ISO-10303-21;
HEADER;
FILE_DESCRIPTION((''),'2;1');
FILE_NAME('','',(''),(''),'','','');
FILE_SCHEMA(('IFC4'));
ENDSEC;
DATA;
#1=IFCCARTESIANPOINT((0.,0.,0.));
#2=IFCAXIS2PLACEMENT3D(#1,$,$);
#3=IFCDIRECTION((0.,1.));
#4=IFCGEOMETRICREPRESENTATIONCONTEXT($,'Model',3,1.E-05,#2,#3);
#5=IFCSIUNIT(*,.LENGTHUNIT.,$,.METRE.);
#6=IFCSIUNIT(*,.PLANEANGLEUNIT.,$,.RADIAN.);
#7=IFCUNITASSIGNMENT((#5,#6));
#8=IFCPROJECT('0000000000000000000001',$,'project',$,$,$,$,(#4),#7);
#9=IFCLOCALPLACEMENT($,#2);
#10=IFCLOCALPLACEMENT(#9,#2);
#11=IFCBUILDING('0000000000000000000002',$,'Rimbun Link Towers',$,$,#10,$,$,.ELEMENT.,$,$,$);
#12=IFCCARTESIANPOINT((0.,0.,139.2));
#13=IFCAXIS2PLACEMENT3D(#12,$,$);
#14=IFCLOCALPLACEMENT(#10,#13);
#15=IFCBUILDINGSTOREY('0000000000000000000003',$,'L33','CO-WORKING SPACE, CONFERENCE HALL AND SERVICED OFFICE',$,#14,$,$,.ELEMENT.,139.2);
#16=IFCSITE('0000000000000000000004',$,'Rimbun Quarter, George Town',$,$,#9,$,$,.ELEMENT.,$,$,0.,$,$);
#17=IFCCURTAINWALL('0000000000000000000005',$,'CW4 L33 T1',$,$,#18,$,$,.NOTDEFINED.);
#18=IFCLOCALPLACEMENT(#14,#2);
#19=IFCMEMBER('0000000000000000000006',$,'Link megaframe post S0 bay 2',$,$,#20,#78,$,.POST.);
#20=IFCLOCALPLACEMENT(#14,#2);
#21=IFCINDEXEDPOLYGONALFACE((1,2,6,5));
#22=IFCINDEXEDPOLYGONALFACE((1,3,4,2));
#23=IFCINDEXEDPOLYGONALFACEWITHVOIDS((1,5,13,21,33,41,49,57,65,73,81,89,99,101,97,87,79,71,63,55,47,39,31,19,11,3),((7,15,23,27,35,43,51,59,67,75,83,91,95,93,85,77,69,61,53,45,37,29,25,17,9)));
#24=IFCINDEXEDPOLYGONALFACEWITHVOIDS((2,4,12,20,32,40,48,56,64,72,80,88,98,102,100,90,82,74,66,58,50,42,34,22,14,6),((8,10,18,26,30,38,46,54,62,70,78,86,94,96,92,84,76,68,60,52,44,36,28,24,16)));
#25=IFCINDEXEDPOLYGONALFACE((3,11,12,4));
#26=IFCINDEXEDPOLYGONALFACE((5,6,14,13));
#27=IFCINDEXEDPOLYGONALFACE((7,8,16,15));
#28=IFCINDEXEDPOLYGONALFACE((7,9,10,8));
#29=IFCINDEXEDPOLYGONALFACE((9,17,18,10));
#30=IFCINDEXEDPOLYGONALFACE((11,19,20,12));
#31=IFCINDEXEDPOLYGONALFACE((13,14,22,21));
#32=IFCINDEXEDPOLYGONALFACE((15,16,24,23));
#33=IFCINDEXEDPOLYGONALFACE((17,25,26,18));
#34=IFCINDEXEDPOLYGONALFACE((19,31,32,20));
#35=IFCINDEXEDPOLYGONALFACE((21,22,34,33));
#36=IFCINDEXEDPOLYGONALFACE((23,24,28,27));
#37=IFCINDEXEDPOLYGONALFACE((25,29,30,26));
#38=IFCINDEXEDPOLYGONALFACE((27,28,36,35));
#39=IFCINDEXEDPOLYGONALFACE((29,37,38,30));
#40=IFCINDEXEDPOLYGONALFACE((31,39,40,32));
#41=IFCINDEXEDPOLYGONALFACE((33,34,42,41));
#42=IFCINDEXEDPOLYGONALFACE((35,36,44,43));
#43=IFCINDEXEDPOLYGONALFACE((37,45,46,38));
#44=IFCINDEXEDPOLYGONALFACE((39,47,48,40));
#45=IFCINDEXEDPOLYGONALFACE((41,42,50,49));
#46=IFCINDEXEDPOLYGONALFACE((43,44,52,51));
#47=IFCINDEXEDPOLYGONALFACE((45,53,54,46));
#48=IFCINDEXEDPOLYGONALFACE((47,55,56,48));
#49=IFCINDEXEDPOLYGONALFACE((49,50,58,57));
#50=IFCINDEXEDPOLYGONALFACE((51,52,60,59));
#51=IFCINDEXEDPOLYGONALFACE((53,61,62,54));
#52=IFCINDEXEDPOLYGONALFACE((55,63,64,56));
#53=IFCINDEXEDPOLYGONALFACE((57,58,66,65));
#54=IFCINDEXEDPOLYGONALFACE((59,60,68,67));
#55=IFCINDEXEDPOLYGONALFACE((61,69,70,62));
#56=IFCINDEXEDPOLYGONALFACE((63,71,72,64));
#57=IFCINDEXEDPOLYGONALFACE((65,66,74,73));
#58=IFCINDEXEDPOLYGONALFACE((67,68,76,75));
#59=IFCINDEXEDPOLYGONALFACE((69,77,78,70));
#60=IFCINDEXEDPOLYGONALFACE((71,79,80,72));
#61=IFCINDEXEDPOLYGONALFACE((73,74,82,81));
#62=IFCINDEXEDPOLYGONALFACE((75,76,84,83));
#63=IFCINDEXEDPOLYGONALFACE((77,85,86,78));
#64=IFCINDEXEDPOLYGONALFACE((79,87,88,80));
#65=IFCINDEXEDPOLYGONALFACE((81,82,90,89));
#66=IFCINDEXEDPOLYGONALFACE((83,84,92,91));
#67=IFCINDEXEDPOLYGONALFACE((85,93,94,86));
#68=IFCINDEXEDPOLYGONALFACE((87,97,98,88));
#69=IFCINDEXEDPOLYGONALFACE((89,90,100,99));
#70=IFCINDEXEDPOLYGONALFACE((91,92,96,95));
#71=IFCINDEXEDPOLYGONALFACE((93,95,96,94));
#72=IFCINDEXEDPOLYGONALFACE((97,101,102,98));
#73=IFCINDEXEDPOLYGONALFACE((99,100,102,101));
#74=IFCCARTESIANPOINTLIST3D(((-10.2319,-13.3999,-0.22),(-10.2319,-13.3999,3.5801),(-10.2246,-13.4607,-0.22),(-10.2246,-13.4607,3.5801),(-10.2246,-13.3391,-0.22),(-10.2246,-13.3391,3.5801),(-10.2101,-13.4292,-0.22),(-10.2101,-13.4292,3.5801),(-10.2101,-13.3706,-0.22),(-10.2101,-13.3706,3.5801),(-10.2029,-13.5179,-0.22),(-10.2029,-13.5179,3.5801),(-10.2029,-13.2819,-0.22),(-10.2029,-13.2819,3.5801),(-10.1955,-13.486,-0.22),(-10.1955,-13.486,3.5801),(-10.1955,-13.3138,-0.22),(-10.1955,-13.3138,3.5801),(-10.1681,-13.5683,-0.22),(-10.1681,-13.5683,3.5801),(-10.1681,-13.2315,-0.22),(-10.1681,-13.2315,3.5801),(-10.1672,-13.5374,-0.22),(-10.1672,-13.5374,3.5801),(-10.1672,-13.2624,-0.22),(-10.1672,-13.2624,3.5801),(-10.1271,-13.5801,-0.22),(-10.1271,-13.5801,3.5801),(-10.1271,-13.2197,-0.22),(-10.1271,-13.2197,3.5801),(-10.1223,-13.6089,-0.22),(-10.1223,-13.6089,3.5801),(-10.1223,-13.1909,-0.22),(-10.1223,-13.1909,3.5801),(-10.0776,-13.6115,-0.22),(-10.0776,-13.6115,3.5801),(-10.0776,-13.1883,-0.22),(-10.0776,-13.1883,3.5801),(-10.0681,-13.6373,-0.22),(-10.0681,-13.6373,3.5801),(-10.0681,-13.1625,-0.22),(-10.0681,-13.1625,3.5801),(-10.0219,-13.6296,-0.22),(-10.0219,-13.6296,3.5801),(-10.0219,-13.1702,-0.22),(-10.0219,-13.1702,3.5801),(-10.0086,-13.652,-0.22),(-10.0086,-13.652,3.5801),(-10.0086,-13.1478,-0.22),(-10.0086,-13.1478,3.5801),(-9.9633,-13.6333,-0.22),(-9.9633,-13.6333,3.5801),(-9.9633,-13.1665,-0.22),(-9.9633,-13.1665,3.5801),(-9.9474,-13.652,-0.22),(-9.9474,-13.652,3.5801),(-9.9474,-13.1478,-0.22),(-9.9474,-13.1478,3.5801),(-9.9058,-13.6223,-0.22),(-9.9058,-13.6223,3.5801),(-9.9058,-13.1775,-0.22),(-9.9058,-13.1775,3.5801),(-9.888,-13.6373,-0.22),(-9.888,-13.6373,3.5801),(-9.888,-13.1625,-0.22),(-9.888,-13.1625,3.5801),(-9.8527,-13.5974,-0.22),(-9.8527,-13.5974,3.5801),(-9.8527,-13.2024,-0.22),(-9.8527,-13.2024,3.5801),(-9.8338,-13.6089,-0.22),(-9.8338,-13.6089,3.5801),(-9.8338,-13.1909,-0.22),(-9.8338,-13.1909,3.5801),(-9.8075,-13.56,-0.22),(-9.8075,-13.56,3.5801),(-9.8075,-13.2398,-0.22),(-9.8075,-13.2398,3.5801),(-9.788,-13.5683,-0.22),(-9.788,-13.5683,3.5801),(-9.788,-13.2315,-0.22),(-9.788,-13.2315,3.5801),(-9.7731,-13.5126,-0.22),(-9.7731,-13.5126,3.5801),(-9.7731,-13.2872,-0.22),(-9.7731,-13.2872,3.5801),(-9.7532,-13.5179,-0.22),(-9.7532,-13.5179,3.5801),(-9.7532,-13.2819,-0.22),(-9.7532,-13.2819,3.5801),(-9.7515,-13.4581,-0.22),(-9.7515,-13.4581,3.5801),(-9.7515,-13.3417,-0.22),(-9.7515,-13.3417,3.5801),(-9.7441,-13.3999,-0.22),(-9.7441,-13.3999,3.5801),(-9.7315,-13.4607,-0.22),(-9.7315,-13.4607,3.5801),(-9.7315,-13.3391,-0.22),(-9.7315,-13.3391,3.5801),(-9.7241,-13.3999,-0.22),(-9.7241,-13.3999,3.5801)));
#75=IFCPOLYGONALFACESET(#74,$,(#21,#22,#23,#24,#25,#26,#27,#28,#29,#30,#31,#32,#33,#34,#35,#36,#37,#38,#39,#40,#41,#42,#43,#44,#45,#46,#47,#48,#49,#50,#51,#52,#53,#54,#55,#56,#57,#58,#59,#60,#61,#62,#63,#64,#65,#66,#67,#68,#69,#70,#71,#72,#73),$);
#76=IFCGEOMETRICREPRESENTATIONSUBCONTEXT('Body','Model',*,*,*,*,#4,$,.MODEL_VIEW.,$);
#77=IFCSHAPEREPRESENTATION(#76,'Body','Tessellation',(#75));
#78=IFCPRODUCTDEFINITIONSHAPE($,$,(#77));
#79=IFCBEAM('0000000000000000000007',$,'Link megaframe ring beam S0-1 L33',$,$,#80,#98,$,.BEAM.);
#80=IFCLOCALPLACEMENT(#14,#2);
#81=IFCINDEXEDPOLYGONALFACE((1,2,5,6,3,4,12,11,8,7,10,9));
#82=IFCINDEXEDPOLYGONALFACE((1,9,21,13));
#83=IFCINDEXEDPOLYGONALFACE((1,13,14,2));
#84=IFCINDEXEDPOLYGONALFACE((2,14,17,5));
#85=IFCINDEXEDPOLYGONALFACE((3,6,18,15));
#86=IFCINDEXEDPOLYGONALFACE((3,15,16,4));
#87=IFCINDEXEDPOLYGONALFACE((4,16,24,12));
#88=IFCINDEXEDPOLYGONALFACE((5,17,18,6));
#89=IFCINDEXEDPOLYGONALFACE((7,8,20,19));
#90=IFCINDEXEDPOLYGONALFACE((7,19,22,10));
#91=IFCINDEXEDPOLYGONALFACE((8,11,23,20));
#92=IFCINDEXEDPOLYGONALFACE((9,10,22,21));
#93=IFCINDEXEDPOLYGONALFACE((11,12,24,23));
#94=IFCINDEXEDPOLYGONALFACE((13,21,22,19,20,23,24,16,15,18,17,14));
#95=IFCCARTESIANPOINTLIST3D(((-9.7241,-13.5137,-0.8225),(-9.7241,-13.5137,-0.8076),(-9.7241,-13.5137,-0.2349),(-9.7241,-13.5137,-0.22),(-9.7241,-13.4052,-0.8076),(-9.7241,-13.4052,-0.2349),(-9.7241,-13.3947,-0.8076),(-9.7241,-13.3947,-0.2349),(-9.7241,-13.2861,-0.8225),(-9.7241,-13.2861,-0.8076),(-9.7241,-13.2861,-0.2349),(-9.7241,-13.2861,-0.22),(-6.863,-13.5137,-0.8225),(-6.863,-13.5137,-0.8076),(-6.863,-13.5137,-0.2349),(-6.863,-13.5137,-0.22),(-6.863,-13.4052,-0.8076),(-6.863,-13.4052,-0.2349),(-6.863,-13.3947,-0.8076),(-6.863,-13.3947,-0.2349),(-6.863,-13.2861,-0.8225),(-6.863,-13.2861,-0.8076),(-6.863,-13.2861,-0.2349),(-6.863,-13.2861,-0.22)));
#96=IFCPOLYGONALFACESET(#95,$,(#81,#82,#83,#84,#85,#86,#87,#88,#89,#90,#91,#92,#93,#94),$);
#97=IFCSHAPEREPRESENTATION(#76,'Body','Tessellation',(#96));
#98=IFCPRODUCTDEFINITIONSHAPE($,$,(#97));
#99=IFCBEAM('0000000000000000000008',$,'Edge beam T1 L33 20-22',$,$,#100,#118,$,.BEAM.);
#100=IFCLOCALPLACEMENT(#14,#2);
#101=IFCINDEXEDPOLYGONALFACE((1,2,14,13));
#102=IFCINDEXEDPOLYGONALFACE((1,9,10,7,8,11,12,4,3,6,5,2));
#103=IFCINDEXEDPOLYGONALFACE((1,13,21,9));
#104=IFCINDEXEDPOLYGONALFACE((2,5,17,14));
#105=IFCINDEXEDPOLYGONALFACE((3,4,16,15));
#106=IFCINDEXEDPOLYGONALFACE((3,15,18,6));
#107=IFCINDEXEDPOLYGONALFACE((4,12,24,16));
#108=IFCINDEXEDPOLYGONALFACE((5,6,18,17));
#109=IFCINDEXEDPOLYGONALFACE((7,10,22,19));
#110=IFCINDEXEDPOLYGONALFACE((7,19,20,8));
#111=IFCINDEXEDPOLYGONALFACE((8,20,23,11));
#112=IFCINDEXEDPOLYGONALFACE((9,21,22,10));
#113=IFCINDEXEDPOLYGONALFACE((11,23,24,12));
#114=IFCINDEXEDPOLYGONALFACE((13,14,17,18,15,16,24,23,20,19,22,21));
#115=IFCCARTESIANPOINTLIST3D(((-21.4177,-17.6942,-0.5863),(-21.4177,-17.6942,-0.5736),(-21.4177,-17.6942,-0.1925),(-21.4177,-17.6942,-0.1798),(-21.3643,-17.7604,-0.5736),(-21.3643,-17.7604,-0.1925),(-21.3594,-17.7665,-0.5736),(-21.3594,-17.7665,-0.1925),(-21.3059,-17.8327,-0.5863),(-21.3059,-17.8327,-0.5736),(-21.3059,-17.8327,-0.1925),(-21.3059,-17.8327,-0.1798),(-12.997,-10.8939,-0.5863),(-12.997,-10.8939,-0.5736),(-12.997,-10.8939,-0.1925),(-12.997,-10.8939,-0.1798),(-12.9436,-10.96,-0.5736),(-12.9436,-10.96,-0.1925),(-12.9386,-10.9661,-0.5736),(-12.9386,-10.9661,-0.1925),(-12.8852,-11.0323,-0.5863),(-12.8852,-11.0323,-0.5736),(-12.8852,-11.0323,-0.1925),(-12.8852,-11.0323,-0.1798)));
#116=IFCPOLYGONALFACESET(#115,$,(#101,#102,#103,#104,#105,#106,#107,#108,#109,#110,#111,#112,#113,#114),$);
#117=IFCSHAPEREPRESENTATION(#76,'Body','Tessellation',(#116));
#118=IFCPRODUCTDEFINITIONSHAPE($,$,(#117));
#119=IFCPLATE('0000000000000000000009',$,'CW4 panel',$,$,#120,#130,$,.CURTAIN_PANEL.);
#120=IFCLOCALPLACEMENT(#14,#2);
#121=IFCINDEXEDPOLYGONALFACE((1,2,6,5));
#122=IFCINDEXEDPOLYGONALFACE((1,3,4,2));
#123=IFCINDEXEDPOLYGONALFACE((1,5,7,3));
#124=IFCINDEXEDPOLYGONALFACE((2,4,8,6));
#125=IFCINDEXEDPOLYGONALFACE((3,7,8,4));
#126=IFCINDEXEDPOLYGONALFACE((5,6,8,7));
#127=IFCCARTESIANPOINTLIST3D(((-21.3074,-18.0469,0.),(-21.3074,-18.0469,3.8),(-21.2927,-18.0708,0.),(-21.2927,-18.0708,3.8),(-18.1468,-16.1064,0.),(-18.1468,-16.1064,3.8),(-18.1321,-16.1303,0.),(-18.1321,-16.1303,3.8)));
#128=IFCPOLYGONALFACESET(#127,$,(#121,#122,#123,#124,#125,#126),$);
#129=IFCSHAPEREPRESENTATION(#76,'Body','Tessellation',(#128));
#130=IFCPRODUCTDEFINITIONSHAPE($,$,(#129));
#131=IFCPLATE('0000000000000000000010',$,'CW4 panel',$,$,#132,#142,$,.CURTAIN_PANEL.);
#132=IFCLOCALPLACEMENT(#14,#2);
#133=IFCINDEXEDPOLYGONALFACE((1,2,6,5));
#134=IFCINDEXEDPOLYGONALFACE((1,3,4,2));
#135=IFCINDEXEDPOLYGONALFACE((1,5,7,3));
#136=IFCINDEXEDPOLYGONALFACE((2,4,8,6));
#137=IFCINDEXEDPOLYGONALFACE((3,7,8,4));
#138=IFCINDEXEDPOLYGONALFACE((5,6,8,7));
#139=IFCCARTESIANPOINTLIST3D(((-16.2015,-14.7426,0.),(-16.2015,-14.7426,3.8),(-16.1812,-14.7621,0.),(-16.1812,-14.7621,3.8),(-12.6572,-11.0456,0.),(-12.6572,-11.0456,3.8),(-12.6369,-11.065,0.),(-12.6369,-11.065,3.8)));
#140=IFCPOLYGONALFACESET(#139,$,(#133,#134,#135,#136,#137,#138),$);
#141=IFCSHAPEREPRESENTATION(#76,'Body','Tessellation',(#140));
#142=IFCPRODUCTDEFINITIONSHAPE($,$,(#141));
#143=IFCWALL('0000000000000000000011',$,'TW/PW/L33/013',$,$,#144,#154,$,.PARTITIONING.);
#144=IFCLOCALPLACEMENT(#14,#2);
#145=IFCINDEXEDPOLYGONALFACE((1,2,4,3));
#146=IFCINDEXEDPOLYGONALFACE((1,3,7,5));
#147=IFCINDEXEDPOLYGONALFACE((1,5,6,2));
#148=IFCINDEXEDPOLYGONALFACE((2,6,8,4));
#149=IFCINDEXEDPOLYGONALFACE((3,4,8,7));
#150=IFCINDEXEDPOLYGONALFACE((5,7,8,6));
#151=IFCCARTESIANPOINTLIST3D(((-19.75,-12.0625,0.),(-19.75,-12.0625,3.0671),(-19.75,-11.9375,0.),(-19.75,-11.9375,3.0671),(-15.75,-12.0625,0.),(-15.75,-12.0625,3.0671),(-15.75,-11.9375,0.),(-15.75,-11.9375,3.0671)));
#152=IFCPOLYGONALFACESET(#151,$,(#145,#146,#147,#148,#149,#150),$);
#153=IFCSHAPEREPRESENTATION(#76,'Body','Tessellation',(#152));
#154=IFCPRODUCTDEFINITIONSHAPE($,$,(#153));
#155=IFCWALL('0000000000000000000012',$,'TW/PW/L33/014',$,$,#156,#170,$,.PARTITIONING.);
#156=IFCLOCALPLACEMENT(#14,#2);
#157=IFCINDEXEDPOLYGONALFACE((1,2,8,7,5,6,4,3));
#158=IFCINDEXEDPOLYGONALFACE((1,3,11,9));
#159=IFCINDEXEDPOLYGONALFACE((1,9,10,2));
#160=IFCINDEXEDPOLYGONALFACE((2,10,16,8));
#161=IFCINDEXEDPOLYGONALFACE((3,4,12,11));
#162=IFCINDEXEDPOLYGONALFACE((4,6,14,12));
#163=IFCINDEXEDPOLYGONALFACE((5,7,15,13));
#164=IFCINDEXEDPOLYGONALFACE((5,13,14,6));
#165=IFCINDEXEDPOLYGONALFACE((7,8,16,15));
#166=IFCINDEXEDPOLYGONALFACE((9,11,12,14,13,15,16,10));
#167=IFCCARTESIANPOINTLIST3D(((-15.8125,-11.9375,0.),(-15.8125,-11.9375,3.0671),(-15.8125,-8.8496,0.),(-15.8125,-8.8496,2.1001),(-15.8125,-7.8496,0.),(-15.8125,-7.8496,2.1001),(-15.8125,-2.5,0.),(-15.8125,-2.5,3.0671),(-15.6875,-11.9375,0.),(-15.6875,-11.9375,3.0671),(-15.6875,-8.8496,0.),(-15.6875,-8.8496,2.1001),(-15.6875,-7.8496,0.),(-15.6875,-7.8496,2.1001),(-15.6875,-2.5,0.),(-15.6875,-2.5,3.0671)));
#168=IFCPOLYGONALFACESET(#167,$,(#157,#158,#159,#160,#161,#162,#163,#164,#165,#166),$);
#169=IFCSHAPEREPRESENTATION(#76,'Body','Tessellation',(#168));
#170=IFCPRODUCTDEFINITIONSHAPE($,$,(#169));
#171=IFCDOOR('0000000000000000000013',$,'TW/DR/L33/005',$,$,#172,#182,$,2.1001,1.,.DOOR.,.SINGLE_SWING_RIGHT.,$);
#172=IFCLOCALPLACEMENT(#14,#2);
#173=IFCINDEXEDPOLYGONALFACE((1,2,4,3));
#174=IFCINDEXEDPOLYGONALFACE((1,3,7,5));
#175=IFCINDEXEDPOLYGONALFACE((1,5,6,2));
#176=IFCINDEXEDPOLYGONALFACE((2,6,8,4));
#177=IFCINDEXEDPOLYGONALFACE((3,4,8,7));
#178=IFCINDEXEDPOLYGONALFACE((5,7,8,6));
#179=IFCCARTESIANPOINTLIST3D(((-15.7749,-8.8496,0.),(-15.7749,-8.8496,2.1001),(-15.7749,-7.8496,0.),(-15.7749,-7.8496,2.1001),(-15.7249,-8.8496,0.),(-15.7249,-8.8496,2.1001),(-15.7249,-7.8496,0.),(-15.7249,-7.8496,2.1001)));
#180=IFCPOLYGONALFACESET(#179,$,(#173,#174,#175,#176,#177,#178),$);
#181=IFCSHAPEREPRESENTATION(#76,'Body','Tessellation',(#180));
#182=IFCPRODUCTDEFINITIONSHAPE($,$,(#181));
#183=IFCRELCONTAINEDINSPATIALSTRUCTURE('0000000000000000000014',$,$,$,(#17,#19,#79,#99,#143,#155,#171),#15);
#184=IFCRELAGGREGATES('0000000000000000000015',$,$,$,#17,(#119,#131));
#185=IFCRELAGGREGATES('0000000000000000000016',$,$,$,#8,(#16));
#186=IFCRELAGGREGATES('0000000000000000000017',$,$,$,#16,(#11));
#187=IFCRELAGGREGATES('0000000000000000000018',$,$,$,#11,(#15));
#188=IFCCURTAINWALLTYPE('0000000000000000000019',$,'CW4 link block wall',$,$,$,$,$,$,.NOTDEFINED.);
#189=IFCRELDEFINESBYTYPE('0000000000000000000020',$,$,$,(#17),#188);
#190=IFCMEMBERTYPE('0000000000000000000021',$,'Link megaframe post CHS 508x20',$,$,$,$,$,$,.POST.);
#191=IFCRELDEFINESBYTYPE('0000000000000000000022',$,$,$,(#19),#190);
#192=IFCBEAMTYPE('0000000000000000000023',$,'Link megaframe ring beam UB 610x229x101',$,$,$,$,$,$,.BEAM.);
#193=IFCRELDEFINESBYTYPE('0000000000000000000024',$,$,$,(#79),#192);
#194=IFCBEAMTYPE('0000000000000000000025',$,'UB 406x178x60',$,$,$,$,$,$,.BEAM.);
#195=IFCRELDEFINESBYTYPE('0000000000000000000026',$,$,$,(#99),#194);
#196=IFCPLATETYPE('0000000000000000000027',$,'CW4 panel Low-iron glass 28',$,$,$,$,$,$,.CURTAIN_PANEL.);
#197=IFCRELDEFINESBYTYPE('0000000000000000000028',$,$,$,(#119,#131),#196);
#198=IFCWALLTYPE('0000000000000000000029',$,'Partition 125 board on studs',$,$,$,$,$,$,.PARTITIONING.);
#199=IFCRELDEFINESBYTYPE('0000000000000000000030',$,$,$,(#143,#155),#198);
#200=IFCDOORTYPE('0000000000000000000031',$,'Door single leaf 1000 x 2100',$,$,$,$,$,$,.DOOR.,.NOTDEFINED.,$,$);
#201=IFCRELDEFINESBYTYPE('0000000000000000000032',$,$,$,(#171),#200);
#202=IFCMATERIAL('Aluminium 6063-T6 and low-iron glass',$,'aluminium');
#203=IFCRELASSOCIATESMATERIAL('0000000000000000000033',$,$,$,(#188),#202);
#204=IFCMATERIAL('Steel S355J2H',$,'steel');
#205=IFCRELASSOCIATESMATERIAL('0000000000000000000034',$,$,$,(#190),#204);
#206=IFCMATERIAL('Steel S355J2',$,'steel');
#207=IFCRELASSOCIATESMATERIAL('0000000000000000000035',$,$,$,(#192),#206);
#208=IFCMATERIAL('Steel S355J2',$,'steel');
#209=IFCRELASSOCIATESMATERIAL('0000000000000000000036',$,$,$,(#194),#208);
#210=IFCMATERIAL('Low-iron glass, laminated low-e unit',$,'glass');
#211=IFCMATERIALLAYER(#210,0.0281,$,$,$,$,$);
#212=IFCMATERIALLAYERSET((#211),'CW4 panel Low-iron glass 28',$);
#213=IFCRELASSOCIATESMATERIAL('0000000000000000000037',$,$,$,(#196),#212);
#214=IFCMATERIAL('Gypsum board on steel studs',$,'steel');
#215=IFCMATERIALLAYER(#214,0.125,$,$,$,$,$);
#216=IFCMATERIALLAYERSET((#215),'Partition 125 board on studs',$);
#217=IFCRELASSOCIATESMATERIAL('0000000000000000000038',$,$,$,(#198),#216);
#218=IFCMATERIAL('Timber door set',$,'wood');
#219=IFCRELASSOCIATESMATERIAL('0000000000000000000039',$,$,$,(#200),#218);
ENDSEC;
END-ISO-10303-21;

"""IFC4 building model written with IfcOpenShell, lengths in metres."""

from ifc_helpers import new_model, si_unit, direction, frame, frame_2d, origin, origin_2d, place, context, subcontext, project, spatial, rectangle, hollow_circle, i_section, extrude, material, layer, layer_set, material_profile, profile_set, type_object, element, fill, aggregate, save


model = new_model("IFC4")

# Units and contexts
model_context = context("Model", 3, precision=1e-05, world=origin(), true_north=direction((0.0, 1.0)))
body_context = subcontext(model_context, "Body", "Model", "MODEL_VIEW")
ifc_project = project(units=[si_unit("LENGTHUNIT", "METRE"), si_unit("PLANEANGLEUNIT", "RADIAN")], contexts=[model_context])

# Site, building, storey
site_placement = place(None, origin())
site = spatial("IfcSite", under=ifc_project, at=site_placement, Name="Rimbun Quarter, George Town", CompositionType="ELEMENT", RefElevation=0.0)
building_placement = place(site_placement, origin())
building = spatial("IfcBuilding", under=site, at=building_placement, Name="Rimbun Link Towers", CompositionType="ELEMENT")
storey_placement = place(building_placement, frame((0.0, 0.0, 139.2)))
storey = spatial("IfcBuildingStorey", under=building, at=storey_placement, Name="L33", Description="CO-WORKING SPACE, CONFERENCE HALL AND SERVICED OFFICE", CompositionType="ELEMENT", Elevation=139.2)

# Curtain wall
ifc_material_1 = material(Name="Aluminium 6063-T6 and low-iron glass", Category="aluminium")
curtain_wall_type = type_object("IfcCurtainWallType", Name="CW4 link block wall", PredefinedType="NOTDEFINED", material=ifc_material_1)
curtain_wall_placement = place(storey_placement, origin())
curtain_wall = element("IfcCurtainWall", 1, at=curtain_wall_placement, inside=storey, type_object=curtain_wall_type, Name="CW4 L33 T1", PredefinedType="NOTDEFINED")

# Member
ifc_material_2 = material(Name="Steel S355J2H", Category="steel")
ifc_material_profile_1 = material_profile(ifc_material_2, hollow_circle(Radius=0.2539, WallThickness=0.02, at=origin_2d()), Name="CHS 508x20")
ifc_profile_set_1 = profile_set([ifc_material_profile_1], Name="Steel S355J2H")
member_type_1 = type_object("IfcMemberType", Name="Link megaframe post CHS 508x20", PredefinedType="POST", material=ifc_profile_set_1)
member_1_placement = place(storey_placement, frame((-9.978, -13.3999, -0.22), z_axis=(0.0, 0.0, 1.0), x_axis=(1.0, 0.0, 0.0)))
element("IfcMember", 2, at=member_1_placement, inside=storey, type_object=member_type_1, Name="Link megaframe post S0 bay 2", PredefinedType="POST", context=body_context, shape_type="SweptSolid", body=[
    extrude(hollow_circle(Radius=0.2539, WallThickness=0.02, at=origin_2d()), origin(), (0.0, 0.0, 1.0), 3.8),
])

# Beams
ifc_material_3 = material(Name="Steel S355J2", Category="steel")
ifc_material_profile_2 = material_profile(ifc_material_3, i_section(OverallWidth=0.2275, OverallDepth=0.6025, WebThickness=0.0105, FlangeThickness=0.0149, at=origin_2d()), Name="UB 610x229x101")
ifc_profile_set_2 = profile_set([ifc_material_profile_2], Name="Steel S355J2")
beam_type_1 = type_object("IfcBeamType", Name="Link megaframe ring beam UB 610x229x101", PredefinedType="BEAM", material=ifc_profile_set_2)
beam_1_placement = place(storey_placement, frame((-9.7241, -13.3999, -0.5212), z_axis=(1.0, 0.0, 0.0), x_axis=(0.0, 1.0, 0.0)))
element("IfcBeam", 3, at=beam_1_placement, inside=storey, type_object=beam_type_1, Name="Link megaframe ring beam S0-1 L33", PredefinedType="BEAM", context=body_context, shape_type="SweptSolid", body=[
    extrude(i_section(OverallWidth=0.2275, OverallDepth=0.6025, WebThickness=0.0105, FlangeThickness=0.0149, at=origin_2d()), origin(), (0.0, 0.0, 1.0), 2.8611),
])
ifc_material_4 = material(Name="Steel S355J2", Category="steel")
ifc_material_profile_3 = material_profile(ifc_material_4, i_section(OverallWidth=0.178, OverallDepth=0.4065, WebThickness=0.0078, FlangeThickness=0.0127, at=origin_2d()), Name="UB 406x178x60")
ifc_profile_set_3 = profile_set([ifc_material_profile_3], Name="Steel S355J2")
beam_type_2 = type_object("IfcBeamType", Name="UB 406x178x60", PredefinedType="BEAM", material=ifc_profile_set_3)
beam_2_placement = place(storey_placement, frame((-21.3618, -17.7634, -0.3831), z_axis=(0.777987, 0.628281, 0.0), x_axis=(-0.628281, 0.777987, 0.0)))
element("IfcBeam", 4, at=beam_2_placement, inside=storey, type_object=beam_type_2, Name="Edge beam T1 L33 20-22", PredefinedType="BEAM", context=body_context, shape_type="SweptSolid", body=[
    extrude(i_section(OverallWidth=0.178, OverallDepth=0.4065, WebThickness=0.0078, FlangeThickness=0.0127, at=origin_2d()), origin(), (0.0, 0.0, 1.0), 10.8237),
])

# Plates
ifc_material_5 = material(Name="Low-iron glass, laminated low-e unit", Category="glass")
ifc_layer_1 = layer(ifc_material_5, 0.0281)
ifc_layer_set_1 = layer_set([ifc_layer_1], Name="CW4 panel Low-iron glass 28")
plate_type = type_object("IfcPlateType", Name="CW4 panel Low-iron glass 28", PredefinedType="CURTAIN_PANEL", material=ifc_layer_set_1)
plate_1_placement = place(storey_placement, frame((-19.7197, -17.0886, 0.0), z_axis=(0.0, 0.0, 1.0), x_axis=(-0.852194, -0.523225, 0.0)))
plate_1 = element("IfcPlate", 5, at=plate_1_placement, type_object=plate_type, Name="CW4 panel", PredefinedType="CURTAIN_PANEL", context=body_context, shape_type="SweptSolid", body=[
    extrude(rectangle(XDim=3.7087, YDim=0.0281, at=origin_2d()), origin(), (0.0, 0.0, 1.0), 3.8),
])
plate_2_placement = place(storey_placement, frame((-14.4192, -12.9038, 0.0), z_axis=(0.0, 0.0, 1.0), x_axis=(-0.692041, -0.721858, 0.0)))
plate_2 = element("IfcPlate", 6, at=plate_2_placement, type_object=plate_type, Name="CW4 panel", PredefinedType="CURTAIN_PANEL", context=body_context, shape_type="SweptSolid", body=[
    extrude(rectangle(XDim=5.1216, YDim=0.0281, at=origin_2d()), origin(), (0.0, 0.0, 1.0), 3.8),
])
aggregate(curtain_wall, [plate_1, plate_2])

# Wall
ifc_material_6 = material(Name="Gypsum board on steel studs", Category="steel")
ifc_layer_2 = layer(ifc_material_6, 0.125)
ifc_layer_set_2 = layer_set([ifc_layer_2], Name="Partition 125 board on studs")
wall_type = type_object("IfcWallType", Name="Partition 125 board on studs", PredefinedType="PARTITIONING", material=ifc_layer_set_2)
wall_1_placement = place(storey_placement, frame((-19.75, -12.0, 0.0), z_axis=(0.0, 0.0, 1.0), x_axis=(1.0, 0.0, 0.0)))
element("IfcWall", 7, at=wall_1_placement, inside=storey, type_object=wall_type, Name="TW/PW/L33/013", PredefinedType="PARTITIONING", context=body_context, shape_type="SweptSolid", body=[
    extrude(rectangle(XDim=4.0, YDim=0.125, at=frame_2d((2.0, 0.0))), origin(), (0.0, 0.0, 1.0), 3.0671),
])

# Wall, opening, door
wall_2_placement = place(storey_placement, frame((-15.75, -11.9375, 0.0), z_axis=(0.0, 0.0, 1.0), x_axis=(0.0, 1.0, 0.0)))
wall_2 = element("IfcWall", 8, at=wall_2_placement, inside=storey, type_object=wall_type, Name="TW/PW/L33/014", PredefinedType="PARTITIONING", context=body_context, shape_type="SweptSolid", body=[
    extrude(rectangle(XDim=9.4375, YDim=0.125, at=frame_2d((4.7188, 0.0))), origin(), (0.0, 0.0, 1.0), 3.0671),
])
opening_placement = place(wall_2_placement, frame((3.0879, 0.0, 0.0)))
opening = element("IfcOpeningElement", 9, at=opening_placement, cuts=wall_2, PredefinedType="OPENING", context=body_context, shape_type="SweptSolid", body=[
    extrude(rectangle(XDim=1.0, YDim=2.1001, at=frame_2d((0.5, 1.05))), frame((0.0, 0.0725, 0.0), z_axis=(0.0, -1.0, 0.0), x_axis=(1.0, 0.0, 0.0)), (0.0, 0.0, 1.0), 0.145),
])
ifc_material_7 = material(Name="Timber door set", Category="wood")
door_type = type_object("IfcDoorType", Name="Door single leaf 1000 x 2100", OperationType="NOTDEFINED", PredefinedType="DOOR", material=ifc_material_7)
door_placement = place(opening_placement, origin())
door = element("IfcDoor", 10, at=door_placement, inside=storey, type_object=door_type, Name="TW/DR/L33/005", OperationType="SINGLE_SWING_RIGHT", OverallHeight=2.1001, OverallWidth=1.0, PredefinedType="DOOR", context=body_context, shape_type="SweptSolid", body=[
    extrude(rectangle(XDim=1.0, YDim=2.1001, at=frame_2d((0.5, 1.05))), frame((0.0, 0.0249, 0.0), z_axis=(0.0, -1.0, 0.0), x_axis=(1.0, 0.0, 0.0)), (0.0, 0.0, 1.0), 0.05),
])
fill(opening, door)

save(model, "model.ifc")
